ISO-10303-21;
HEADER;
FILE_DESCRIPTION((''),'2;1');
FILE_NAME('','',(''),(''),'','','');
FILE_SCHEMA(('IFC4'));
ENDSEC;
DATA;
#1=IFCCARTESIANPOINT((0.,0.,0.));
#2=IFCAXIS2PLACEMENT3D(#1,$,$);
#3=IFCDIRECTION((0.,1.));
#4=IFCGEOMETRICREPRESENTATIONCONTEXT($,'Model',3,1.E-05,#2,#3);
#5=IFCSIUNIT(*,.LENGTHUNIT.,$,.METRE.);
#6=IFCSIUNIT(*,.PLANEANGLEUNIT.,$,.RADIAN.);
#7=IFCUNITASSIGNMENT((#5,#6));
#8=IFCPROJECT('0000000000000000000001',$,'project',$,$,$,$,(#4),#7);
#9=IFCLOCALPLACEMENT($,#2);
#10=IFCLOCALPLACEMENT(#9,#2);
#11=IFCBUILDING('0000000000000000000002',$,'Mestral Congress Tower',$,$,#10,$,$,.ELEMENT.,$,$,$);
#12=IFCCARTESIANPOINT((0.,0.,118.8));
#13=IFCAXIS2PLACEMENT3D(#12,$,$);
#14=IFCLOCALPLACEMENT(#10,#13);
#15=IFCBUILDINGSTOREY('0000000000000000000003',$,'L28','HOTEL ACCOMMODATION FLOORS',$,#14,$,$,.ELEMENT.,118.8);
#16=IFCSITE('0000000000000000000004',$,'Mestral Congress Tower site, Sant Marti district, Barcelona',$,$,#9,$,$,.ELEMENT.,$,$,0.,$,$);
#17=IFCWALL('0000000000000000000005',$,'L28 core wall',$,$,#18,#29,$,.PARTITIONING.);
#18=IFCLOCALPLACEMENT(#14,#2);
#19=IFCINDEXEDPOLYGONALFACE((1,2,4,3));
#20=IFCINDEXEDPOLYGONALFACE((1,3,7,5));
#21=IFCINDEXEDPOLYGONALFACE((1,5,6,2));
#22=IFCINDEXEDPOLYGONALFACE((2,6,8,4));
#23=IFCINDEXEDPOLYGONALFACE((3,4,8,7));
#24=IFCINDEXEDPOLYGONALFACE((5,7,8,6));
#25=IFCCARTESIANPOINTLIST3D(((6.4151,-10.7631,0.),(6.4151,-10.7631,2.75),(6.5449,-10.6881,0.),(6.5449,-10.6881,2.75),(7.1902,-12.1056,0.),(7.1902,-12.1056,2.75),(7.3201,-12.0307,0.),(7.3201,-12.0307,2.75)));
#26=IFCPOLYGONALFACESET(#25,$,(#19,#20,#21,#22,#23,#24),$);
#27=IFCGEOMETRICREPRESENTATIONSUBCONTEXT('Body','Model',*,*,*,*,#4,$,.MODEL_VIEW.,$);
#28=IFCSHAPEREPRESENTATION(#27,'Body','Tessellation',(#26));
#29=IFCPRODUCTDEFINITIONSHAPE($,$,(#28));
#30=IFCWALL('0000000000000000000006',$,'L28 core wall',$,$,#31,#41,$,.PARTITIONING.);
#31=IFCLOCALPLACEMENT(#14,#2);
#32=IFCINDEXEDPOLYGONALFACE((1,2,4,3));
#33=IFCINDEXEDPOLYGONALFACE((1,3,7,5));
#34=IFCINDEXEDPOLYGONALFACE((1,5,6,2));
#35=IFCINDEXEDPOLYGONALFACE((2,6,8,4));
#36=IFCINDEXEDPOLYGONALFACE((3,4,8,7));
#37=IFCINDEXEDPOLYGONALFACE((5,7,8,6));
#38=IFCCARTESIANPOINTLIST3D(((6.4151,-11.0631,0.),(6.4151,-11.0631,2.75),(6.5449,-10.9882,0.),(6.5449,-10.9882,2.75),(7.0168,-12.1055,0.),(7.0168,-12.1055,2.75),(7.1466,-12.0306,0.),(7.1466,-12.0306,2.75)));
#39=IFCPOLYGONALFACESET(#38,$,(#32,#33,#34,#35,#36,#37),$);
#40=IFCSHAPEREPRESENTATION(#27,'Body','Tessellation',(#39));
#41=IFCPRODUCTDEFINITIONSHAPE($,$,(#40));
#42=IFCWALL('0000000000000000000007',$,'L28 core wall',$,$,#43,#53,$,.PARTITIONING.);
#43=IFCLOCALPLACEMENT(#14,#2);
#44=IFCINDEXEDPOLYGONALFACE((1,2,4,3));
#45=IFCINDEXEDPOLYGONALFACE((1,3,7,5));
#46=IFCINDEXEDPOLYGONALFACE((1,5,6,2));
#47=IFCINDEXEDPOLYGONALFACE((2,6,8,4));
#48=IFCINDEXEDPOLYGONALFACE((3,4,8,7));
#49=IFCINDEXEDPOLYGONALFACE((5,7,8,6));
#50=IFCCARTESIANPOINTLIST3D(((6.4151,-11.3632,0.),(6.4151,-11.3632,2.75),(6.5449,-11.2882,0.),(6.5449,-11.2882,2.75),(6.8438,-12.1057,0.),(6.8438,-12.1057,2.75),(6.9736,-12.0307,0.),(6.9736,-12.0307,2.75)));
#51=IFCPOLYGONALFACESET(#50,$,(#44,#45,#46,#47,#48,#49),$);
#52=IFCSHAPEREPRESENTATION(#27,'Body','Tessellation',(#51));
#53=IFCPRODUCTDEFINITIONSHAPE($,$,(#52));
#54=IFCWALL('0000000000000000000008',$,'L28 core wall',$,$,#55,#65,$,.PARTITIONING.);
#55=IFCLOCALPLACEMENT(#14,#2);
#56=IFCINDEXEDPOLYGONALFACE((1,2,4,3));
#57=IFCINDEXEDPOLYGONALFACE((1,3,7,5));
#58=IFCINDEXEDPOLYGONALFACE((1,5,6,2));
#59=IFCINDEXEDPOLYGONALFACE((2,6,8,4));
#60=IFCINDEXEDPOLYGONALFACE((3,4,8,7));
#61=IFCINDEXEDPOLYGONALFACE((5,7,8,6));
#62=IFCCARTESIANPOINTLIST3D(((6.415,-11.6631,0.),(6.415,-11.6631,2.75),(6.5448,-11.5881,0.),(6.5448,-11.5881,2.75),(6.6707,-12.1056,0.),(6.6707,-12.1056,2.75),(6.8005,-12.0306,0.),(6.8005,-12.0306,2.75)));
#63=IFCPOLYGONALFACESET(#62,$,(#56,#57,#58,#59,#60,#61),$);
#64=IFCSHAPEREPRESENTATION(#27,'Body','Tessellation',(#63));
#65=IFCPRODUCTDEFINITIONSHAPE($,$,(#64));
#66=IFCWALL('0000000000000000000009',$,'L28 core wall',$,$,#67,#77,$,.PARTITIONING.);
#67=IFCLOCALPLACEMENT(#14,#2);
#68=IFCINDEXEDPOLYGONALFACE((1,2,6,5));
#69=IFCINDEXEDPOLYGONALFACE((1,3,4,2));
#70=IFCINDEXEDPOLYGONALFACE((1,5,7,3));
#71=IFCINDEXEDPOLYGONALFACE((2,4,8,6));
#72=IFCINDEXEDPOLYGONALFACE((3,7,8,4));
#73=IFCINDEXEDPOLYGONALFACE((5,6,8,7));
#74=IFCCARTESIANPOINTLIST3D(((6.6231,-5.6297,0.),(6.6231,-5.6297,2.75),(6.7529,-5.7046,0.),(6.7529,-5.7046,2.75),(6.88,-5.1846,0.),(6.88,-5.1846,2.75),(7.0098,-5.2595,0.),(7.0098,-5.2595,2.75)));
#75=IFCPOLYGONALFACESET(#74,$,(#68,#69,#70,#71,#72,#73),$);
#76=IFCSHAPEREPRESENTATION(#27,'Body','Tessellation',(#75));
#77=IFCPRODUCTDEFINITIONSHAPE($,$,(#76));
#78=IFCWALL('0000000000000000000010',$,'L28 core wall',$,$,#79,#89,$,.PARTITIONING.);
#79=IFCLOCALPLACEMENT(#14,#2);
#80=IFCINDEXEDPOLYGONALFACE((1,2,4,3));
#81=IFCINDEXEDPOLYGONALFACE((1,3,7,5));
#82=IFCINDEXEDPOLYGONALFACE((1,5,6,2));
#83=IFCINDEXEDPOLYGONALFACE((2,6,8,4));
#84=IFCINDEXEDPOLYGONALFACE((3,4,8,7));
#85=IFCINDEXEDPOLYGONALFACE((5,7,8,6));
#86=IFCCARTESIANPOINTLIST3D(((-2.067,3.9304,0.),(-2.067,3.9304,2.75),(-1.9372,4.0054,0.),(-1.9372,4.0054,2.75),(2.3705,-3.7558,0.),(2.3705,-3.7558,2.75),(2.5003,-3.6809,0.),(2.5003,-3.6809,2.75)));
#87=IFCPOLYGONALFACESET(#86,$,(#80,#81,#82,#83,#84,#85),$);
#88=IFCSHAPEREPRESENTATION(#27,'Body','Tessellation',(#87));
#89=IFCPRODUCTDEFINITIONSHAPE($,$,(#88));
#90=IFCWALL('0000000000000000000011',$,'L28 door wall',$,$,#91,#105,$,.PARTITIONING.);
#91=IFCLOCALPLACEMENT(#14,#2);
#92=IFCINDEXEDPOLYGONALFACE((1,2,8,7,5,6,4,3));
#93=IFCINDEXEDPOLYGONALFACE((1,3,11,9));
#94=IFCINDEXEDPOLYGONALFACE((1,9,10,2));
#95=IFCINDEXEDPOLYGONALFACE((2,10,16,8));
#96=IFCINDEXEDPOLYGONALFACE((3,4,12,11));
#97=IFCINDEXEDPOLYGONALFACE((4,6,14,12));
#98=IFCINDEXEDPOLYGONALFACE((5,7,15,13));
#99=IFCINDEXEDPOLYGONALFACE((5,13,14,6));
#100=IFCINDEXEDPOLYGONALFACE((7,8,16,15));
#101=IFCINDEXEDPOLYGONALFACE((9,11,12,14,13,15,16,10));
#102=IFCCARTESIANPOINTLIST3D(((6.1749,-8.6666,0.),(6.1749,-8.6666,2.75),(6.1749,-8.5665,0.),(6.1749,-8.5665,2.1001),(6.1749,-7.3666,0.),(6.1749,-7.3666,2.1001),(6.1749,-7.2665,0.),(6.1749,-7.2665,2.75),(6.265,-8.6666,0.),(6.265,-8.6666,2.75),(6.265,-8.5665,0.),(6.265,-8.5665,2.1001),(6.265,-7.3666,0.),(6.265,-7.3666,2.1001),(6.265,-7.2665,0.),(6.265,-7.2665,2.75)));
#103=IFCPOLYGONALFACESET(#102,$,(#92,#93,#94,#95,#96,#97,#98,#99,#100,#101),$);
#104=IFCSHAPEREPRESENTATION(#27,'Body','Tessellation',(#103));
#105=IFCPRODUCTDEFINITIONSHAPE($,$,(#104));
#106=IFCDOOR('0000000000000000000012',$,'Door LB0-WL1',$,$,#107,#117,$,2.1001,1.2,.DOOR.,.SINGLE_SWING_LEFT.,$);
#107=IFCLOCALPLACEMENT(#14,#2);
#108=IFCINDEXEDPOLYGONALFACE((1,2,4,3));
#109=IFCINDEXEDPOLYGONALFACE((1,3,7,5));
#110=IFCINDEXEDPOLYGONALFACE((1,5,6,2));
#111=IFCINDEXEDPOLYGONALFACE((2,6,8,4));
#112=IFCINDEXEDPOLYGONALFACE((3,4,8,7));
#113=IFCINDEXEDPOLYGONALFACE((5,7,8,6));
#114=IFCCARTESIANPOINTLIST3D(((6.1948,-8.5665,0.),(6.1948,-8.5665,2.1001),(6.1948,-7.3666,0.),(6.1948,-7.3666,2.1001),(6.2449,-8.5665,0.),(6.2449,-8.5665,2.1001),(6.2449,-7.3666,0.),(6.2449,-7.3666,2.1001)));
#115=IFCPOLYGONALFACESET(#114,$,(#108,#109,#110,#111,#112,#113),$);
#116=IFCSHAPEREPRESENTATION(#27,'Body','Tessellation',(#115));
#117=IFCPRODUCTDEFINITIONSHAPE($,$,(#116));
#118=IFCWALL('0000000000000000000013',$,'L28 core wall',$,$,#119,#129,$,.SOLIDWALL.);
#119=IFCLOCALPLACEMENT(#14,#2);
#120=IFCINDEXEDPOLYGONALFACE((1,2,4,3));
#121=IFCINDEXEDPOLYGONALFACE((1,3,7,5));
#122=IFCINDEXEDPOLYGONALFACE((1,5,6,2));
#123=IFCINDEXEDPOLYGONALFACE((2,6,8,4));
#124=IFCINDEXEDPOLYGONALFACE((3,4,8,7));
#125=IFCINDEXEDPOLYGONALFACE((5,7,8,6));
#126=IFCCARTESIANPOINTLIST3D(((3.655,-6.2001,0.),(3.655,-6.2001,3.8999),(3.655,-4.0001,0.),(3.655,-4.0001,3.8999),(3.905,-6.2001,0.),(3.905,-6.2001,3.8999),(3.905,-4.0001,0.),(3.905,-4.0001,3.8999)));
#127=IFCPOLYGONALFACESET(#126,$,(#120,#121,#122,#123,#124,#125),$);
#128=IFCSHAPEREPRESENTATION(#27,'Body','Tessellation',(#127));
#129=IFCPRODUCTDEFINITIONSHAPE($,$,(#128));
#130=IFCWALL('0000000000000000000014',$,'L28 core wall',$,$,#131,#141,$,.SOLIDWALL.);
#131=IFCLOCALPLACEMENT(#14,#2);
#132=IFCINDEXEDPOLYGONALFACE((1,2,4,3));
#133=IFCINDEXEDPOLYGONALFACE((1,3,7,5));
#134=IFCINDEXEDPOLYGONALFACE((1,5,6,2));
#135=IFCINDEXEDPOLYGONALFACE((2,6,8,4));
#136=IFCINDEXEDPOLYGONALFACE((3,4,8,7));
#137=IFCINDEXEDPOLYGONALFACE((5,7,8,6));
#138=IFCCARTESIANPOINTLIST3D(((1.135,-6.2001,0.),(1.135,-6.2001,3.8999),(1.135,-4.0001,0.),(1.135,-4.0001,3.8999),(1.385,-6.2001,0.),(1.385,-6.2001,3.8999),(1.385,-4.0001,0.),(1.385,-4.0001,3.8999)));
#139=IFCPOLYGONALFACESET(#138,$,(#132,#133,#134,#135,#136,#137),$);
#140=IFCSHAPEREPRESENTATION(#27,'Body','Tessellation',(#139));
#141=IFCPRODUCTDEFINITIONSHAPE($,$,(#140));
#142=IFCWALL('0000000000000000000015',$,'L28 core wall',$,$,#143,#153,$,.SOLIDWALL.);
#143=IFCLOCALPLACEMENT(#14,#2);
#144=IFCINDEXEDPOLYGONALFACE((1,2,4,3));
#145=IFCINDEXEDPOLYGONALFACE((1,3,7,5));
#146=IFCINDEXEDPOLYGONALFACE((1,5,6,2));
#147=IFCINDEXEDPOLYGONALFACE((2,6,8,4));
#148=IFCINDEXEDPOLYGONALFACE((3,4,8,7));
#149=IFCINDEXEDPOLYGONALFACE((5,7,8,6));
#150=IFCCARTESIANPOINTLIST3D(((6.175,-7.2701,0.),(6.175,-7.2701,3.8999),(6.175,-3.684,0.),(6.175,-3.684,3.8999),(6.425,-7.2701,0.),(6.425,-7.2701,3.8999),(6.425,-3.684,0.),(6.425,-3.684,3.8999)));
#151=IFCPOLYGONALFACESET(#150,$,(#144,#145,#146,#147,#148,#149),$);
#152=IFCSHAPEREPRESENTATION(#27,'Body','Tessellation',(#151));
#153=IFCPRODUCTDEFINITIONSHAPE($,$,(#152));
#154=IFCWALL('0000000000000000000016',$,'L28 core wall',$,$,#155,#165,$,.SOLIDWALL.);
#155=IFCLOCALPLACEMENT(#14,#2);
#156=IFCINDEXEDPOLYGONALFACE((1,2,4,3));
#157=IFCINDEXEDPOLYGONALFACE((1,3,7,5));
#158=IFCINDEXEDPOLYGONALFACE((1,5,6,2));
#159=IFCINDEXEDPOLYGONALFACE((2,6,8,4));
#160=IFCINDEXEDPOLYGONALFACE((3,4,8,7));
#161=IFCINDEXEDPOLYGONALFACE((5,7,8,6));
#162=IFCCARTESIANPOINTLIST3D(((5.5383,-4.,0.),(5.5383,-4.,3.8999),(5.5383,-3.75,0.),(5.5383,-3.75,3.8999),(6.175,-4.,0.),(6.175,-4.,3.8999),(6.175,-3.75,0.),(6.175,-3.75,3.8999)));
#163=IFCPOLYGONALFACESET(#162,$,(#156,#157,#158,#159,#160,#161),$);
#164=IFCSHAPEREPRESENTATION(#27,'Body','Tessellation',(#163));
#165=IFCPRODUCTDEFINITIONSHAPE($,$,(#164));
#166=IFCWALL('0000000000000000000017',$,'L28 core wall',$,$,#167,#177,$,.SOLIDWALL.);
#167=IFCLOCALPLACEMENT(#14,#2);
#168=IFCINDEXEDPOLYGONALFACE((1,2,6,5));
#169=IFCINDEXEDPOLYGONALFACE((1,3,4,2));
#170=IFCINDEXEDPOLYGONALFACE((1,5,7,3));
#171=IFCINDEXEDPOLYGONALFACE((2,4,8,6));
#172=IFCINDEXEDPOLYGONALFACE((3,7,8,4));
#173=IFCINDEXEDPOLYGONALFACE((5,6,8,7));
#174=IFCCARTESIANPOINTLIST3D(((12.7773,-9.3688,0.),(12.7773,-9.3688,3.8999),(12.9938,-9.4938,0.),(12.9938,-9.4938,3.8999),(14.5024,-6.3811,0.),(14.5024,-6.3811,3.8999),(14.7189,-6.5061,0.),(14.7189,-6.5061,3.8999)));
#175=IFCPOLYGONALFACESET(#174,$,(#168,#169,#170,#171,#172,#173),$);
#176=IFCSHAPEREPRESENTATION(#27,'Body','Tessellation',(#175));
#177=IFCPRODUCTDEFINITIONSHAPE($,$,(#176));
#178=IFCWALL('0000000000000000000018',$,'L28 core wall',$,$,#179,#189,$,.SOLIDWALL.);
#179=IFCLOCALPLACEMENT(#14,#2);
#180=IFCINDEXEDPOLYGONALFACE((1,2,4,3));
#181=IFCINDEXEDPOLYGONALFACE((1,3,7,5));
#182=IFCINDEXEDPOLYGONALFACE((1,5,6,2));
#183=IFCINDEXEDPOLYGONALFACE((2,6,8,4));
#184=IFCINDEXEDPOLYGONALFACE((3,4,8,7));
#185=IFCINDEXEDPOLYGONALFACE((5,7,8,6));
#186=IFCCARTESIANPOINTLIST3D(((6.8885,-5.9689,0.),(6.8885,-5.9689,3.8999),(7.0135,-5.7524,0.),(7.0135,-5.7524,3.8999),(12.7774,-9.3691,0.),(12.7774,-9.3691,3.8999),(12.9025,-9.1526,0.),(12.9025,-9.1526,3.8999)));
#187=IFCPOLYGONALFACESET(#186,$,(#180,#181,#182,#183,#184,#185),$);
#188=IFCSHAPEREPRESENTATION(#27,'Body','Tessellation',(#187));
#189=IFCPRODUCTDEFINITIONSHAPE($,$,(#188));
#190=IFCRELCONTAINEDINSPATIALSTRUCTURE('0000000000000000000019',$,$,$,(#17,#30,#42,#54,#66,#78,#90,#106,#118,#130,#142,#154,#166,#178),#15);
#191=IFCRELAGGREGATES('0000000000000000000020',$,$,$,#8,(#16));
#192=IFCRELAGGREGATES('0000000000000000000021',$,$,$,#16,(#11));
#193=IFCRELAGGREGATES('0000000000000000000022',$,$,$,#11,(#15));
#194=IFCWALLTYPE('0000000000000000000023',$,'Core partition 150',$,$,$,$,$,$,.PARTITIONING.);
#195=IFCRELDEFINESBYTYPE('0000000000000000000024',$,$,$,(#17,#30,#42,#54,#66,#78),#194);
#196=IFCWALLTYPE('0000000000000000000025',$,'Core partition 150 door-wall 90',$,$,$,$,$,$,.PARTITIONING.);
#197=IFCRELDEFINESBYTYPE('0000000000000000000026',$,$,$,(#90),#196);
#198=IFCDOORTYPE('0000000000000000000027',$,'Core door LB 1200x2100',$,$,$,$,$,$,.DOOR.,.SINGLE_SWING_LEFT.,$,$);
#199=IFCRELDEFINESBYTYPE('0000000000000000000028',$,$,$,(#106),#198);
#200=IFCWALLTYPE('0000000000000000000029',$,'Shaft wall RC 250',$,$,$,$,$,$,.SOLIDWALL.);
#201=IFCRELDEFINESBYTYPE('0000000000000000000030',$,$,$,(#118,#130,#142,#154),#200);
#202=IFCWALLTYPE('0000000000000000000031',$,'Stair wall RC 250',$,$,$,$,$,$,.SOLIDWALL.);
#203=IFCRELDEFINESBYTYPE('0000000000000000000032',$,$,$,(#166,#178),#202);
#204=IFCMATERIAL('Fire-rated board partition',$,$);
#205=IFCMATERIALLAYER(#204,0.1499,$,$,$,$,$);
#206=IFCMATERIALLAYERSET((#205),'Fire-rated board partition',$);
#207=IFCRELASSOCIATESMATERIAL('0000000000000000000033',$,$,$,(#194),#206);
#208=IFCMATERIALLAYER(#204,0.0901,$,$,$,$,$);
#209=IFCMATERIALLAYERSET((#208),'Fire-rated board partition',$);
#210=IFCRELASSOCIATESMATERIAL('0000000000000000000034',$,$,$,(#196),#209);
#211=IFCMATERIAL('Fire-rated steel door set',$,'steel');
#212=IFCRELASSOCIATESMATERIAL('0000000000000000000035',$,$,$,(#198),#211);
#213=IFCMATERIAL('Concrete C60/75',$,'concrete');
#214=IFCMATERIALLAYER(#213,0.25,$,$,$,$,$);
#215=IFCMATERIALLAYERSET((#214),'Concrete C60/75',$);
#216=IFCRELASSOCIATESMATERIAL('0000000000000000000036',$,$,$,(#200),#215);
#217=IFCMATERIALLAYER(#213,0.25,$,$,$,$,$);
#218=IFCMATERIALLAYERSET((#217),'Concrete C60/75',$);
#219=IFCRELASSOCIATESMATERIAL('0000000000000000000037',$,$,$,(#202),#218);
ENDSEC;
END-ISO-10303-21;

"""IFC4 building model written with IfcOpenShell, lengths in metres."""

from ifc_helpers import new_model, si_unit, direction, frame, frame_2d, origin, place, context, subcontext, project, spatial, rectangle, extrude, material, layer, layer_set, type_object, element, fill, save


model = new_model("IFC4")

# Units and contexts
model_context = context("Model", 3, precision=1e-05, world=origin(), true_north=direction((0.0, 1.0)))
body_context = subcontext(model_context, "Body", "Model", "MODEL_VIEW")
ifc_project = project(units=[si_unit("LENGTHUNIT", "METRE"), si_unit("PLANEANGLEUNIT", "RADIAN")], contexts=[model_context])

# Site, building, storey
site_placement = place(None, origin())
site = spatial("IfcSite", under=ifc_project, at=site_placement, Name="Mestral Congress Tower site, Sant Marti district, Barcelona", CompositionType="ELEMENT", RefElevation=0.0)
building_placement = place(site_placement, origin())
building = spatial("IfcBuilding", under=site, at=building_placement, Name="Mestral Congress Tower", CompositionType="ELEMENT")
storey_placement = place(building_placement, frame((0.0, 0.0, 118.8)))
storey = spatial("IfcBuildingStorey", under=building, at=storey_placement, Name="L28", Description="HOTEL ACCOMMODATION FLOORS", CompositionType="ELEMENT", Elevation=118.8)

# Walls
ifc_material_1 = material(Name="Fire-rated board partition")
ifc_layer_1 = layer(ifc_material_1, 0.1499)
ifc_layer_set_1 = layer_set([ifc_layer_1], Name="Fire-rated board partition")
wall_type_1 = type_object("IfcWallType", Name="Core partition 150", PredefinedType="PARTITIONING", material=ifc_layer_set_1)
wall_1_placement = place(storey_placement, frame((6.48, -10.7256, 0.0), z_axis=(0.0, 0.0, 1.0), x_axis=(0.500018, -0.866015, 0.0)))
element("IfcWall", 1, at=wall_1_placement, inside=storey, type_object=wall_type_1, Name="L28 core wall", PredefinedType="PARTITIONING", context=body_context, shape_type="SweptSolid", body=[
    extrude(rectangle(XDim=1.5503, YDim=0.1499, at=frame_2d((0.7751, 0.0))), origin(), (0.0, 0.0, 1.0), 2.75),
])
wall_2_placement = place(storey_placement, frame((6.48, -11.0256, 0.0), z_axis=(0.0, 0.0, 1.0), x_axis=(0.499957, -0.86605, 0.0)))
element("IfcWall", 2, at=wall_2_placement, inside=storey, type_object=wall_type_1, Name="L28 core wall", PredefinedType="PARTITIONING", context=body_context, shape_type="SweptSolid", body=[
    extrude(rectangle(XDim=1.2036, YDim=0.1499, at=frame_2d((0.6018, 0.0))), origin(), (0.0, 0.0, 1.0), 2.75),
])
wall_3_placement = place(storey_placement, frame((6.48, -11.3257, 0.0), z_axis=(0.0, 0.0, 1.0), x_axis=(0.500059, -0.865991, 0.0)))
element("IfcWall", 3, at=wall_3_placement, inside=storey, type_object=wall_type_1, Name="L28 core wall", PredefinedType="PARTITIONING", context=body_context, shape_type="SweptSolid", body=[
    extrude(rectangle(XDim=0.8574, YDim=0.1499, at=frame_2d((0.4287, 0.0))), origin(), (0.0, 0.0, 1.0), 2.75),
])
wall_4_placement = place(storey_placement, frame((6.48, -11.6257, 0.0), z_axis=(0.0, 0.0, 1.0), x_axis=(0.500301, -0.865851, 0.0)))
element("IfcWall", 4, at=wall_4_placement, inside=storey, type_object=wall_type_1, Name="L28 core wall", PredefinedType="PARTITIONING", context=body_context, shape_type="SweptSolid", body=[
    extrude(rectangle(XDim=0.511, YDim=0.1499, at=frame_2d((0.2554, 0.0))), origin(), (0.0, 0.0, 1.0), 2.75),
])
wall_5_placement = place(storey_placement, frame((6.9448, -5.2222, 0.0), z_axis=(0.0, 0.0, 1.0), x_axis=(-0.499818, -0.86613, 0.0)))
element("IfcWall", 5, at=wall_5_placement, inside=storey, type_object=wall_type_1, Name="L28 core wall", PredefinedType="PARTITIONING", context=body_context, shape_type="SweptSolid", body=[
    extrude(rectangle(XDim=0.5139, YDim=0.1499, at=frame_2d((0.2568, 0.0))), origin(), (0.0, 0.0, 1.0), 2.75),
])
wall_6_placement = place(storey_placement, frame((2.4353, -3.7183, 0.0), z_axis=(0.0, 0.0, 1.0), x_axis=(-0.499985, 0.866034, 0.0)))
element("IfcWall", 6, at=wall_6_placement, inside=storey, type_object=wall_type_1, Name="L28 core wall", PredefinedType="PARTITIONING", context=body_context, shape_type="SweptSolid", body=[
    extrude(rectangle(XDim=8.8752, YDim=0.1499, at=frame_2d((4.4375, 0.0))), origin(), (0.0, 0.0, 1.0), 2.75),
])

# Wall, opening, door
ifc_layer_2 = layer(ifc_material_1, 0.0901)
ifc_layer_set_2 = layer_set([ifc_layer_2], Name="Fire-rated board partition")
wall_type_2 = type_object("IfcWallType", Name="Core partition 150 door-wall 90", PredefinedType="PARTITIONING", material=ifc_layer_set_2)
wall_7_placement = place(storey_placement, frame((6.22, -7.2664, 0.0), z_axis=(0.0, 0.0, 1.0), x_axis=(0.0, -1.0, 0.0)))
wall_7 = element("IfcWall", 7, at=wall_7_placement, inside=storey, type_object=wall_type_2, Name="L28 door wall", PredefinedType="PARTITIONING", context=body_context, shape_type="SweptSolid", body=[
    extrude(rectangle(XDim=1.4001, YDim=0.0901, at=frame_2d((0.7002, 0.0))), origin(), (0.0, 0.0, 1.0), 2.75),
])
opening_1_placement = place(wall_7_placement, frame((0.1001, 0.0, 0.0)))
opening_1 = element("IfcOpeningElement", 8, at=opening_1_placement, cuts=wall_7, PredefinedType="OPENING", context=body_context, shape_type="SweptSolid", body=[
    extrude(rectangle(XDim=1.2, YDim=2.1001, at=frame_2d((0.6001, 1.05))), frame((0.0, 0.0549, 0.0), z_axis=(0.0, -1.0, 0.0), x_axis=(1.0, 0.0, 0.0)), (0.0, 0.0, 1.0), 0.1101),
])
ifc_material_2 = material(Name="Fire-rated steel door set", Category="steel")
door_type_1 = type_object("IfcDoorType", Name="Core door LB 1200x2100", OperationType="SINGLE_SWING_LEFT", PredefinedType="DOOR", material=ifc_material_2)
door_1_placement = place(opening_1_placement, origin())
door_1 = element("IfcDoor", 9, at=door_1_placement, inside=storey, type_object=door_type_1, Name="Door LB0-WL1", OperationType="SINGLE_SWING_LEFT", OverallHeight=2.1001, OverallWidth=1.2, PredefinedType="DOOR", context=body_context, shape_type="SweptSolid", body=[
    extrude(rectangle(XDim=1.2, YDim=2.1001, at=frame_2d((0.6001, 1.05))), frame((0.0, 0.0249, 0.0), z_axis=(0.0, -1.0, 0.0), x_axis=(1.0, 0.0, 0.0)), (0.0, 0.0, 1.0), 0.05),
])
fill(opening_1, door_1)

# Walls
ifc_material_3 = material(Name="Concrete C60/75", Category="concrete")
ifc_layer_3 = layer(ifc_material_3, 0.25)
ifc_layer_set_3 = layer_set([ifc_layer_3], Name="Concrete C60/75")
wall_type_3 = type_object("IfcWallType", Name="Shaft wall RC 250", PredefinedType="SOLIDWALL", material=ifc_layer_set_3)
for number, where, z_axis, x_axis, name in (
    (10, (3.78, -4.0, 0.0), (0.0, 0.0, 1.0), (0.0, -1.0, 0.0), "L28 core wall"),
    (11, (1.26, -4.0, 0.0), (0.0, 0.0, 1.0), (0.0, -1.0, 0.0), "L28 core wall"),
):
    element("IfcWall", number, at=place(storey_placement, frame(where, z_axis=z_axis, x_axis=x_axis)), inside=storey, type_object=wall_type_3, Name=name, PredefinedType="SOLIDWALL", context=body_context, shape_type="SweptSolid", body=[
        extrude(rectangle(XDim=2.2, YDim=0.25, at=frame_2d((1.1001, 0.0))), origin(), (0.0, 0.0, 1.0), 3.8999),
    ])
wall_8_placement = place(storey_placement, frame((6.3, -7.27, 0.0), z_axis=(0.0, 0.0, 1.0), x_axis=(0.0, 1.0, 0.0)))
element("IfcWall", 12, at=wall_8_placement, inside=storey, type_object=wall_type_3, Name="L28 core wall", PredefinedType="SOLIDWALL", context=body_context, shape_type="SweptSolid", body=[
    extrude(rectangle(XDim=3.5862, YDim=0.25, at=frame_2d((1.793, 0.0))), origin(), (0.0, 0.0, 1.0), 3.8999),
])
wall_9_placement = place(storey_placement, frame((5.5383, -3.875, 0.0), z_axis=(0.0, 0.0, 1.0), x_axis=(1.0, 0.0, 0.0)))
element("IfcWall", 13, at=wall_9_placement, inside=storey, type_object=wall_type_3, Name="L28 core wall", PredefinedType="SOLIDWALL", context=body_context, shape_type="SweptSolid", body=[
    extrude(rectangle(XDim=0.6367, YDim=0.25, at=frame_2d((0.3184, 0.0))), origin(), (0.0, 0.0, 1.0), 3.8999),
])
ifc_layer_4 = layer(ifc_material_3, 0.25)
ifc_layer_set_4 = layer_set([ifc_layer_4], Name="Concrete C60/75")
wall_type_4 = type_object("IfcWallType", Name="Stair wall RC 250", PredefinedType="SOLIDWALL", material=ifc_layer_set_4)
wall_10_placement = place(storey_placement, frame((12.8855, -9.4314, 0.0), z_axis=(0.0, 0.0, 1.0), x_axis=(0.500021, 0.866014, 0.0)))
element("IfcWall", 14, at=wall_10_placement, inside=storey, type_object=wall_type_4, Name="L28 core wall", PredefinedType="SOLIDWALL", context=body_context, shape_type="SweptSolid", body=[
    extrude(rectangle(XDim=3.45, YDim=0.25, at=frame_2d((1.7251, 0.0))), origin(), (0.0, 0.0, 1.0), 3.8999),
])
wall_11_placement = place(storey_placement, frame((12.8398, -9.2607, 0.0), z_axis=(0.0, 0.0, 1.0), x_axis=(-0.866014, 0.50002, 0.0)))
element("IfcWall", 15, at=wall_11_placement, inside=storey, type_object=wall_type_4, Name="L28 core wall", PredefinedType="SOLIDWALL", context=body_context, shape_type="SweptSolid", body=[
    extrude(rectangle(XDim=6.8, YDim=0.25, at=frame_2d((3.3999, 0.0))), origin(), (0.0, 0.0, 1.0), 3.8999),
])

save(model, "model.ifc")
